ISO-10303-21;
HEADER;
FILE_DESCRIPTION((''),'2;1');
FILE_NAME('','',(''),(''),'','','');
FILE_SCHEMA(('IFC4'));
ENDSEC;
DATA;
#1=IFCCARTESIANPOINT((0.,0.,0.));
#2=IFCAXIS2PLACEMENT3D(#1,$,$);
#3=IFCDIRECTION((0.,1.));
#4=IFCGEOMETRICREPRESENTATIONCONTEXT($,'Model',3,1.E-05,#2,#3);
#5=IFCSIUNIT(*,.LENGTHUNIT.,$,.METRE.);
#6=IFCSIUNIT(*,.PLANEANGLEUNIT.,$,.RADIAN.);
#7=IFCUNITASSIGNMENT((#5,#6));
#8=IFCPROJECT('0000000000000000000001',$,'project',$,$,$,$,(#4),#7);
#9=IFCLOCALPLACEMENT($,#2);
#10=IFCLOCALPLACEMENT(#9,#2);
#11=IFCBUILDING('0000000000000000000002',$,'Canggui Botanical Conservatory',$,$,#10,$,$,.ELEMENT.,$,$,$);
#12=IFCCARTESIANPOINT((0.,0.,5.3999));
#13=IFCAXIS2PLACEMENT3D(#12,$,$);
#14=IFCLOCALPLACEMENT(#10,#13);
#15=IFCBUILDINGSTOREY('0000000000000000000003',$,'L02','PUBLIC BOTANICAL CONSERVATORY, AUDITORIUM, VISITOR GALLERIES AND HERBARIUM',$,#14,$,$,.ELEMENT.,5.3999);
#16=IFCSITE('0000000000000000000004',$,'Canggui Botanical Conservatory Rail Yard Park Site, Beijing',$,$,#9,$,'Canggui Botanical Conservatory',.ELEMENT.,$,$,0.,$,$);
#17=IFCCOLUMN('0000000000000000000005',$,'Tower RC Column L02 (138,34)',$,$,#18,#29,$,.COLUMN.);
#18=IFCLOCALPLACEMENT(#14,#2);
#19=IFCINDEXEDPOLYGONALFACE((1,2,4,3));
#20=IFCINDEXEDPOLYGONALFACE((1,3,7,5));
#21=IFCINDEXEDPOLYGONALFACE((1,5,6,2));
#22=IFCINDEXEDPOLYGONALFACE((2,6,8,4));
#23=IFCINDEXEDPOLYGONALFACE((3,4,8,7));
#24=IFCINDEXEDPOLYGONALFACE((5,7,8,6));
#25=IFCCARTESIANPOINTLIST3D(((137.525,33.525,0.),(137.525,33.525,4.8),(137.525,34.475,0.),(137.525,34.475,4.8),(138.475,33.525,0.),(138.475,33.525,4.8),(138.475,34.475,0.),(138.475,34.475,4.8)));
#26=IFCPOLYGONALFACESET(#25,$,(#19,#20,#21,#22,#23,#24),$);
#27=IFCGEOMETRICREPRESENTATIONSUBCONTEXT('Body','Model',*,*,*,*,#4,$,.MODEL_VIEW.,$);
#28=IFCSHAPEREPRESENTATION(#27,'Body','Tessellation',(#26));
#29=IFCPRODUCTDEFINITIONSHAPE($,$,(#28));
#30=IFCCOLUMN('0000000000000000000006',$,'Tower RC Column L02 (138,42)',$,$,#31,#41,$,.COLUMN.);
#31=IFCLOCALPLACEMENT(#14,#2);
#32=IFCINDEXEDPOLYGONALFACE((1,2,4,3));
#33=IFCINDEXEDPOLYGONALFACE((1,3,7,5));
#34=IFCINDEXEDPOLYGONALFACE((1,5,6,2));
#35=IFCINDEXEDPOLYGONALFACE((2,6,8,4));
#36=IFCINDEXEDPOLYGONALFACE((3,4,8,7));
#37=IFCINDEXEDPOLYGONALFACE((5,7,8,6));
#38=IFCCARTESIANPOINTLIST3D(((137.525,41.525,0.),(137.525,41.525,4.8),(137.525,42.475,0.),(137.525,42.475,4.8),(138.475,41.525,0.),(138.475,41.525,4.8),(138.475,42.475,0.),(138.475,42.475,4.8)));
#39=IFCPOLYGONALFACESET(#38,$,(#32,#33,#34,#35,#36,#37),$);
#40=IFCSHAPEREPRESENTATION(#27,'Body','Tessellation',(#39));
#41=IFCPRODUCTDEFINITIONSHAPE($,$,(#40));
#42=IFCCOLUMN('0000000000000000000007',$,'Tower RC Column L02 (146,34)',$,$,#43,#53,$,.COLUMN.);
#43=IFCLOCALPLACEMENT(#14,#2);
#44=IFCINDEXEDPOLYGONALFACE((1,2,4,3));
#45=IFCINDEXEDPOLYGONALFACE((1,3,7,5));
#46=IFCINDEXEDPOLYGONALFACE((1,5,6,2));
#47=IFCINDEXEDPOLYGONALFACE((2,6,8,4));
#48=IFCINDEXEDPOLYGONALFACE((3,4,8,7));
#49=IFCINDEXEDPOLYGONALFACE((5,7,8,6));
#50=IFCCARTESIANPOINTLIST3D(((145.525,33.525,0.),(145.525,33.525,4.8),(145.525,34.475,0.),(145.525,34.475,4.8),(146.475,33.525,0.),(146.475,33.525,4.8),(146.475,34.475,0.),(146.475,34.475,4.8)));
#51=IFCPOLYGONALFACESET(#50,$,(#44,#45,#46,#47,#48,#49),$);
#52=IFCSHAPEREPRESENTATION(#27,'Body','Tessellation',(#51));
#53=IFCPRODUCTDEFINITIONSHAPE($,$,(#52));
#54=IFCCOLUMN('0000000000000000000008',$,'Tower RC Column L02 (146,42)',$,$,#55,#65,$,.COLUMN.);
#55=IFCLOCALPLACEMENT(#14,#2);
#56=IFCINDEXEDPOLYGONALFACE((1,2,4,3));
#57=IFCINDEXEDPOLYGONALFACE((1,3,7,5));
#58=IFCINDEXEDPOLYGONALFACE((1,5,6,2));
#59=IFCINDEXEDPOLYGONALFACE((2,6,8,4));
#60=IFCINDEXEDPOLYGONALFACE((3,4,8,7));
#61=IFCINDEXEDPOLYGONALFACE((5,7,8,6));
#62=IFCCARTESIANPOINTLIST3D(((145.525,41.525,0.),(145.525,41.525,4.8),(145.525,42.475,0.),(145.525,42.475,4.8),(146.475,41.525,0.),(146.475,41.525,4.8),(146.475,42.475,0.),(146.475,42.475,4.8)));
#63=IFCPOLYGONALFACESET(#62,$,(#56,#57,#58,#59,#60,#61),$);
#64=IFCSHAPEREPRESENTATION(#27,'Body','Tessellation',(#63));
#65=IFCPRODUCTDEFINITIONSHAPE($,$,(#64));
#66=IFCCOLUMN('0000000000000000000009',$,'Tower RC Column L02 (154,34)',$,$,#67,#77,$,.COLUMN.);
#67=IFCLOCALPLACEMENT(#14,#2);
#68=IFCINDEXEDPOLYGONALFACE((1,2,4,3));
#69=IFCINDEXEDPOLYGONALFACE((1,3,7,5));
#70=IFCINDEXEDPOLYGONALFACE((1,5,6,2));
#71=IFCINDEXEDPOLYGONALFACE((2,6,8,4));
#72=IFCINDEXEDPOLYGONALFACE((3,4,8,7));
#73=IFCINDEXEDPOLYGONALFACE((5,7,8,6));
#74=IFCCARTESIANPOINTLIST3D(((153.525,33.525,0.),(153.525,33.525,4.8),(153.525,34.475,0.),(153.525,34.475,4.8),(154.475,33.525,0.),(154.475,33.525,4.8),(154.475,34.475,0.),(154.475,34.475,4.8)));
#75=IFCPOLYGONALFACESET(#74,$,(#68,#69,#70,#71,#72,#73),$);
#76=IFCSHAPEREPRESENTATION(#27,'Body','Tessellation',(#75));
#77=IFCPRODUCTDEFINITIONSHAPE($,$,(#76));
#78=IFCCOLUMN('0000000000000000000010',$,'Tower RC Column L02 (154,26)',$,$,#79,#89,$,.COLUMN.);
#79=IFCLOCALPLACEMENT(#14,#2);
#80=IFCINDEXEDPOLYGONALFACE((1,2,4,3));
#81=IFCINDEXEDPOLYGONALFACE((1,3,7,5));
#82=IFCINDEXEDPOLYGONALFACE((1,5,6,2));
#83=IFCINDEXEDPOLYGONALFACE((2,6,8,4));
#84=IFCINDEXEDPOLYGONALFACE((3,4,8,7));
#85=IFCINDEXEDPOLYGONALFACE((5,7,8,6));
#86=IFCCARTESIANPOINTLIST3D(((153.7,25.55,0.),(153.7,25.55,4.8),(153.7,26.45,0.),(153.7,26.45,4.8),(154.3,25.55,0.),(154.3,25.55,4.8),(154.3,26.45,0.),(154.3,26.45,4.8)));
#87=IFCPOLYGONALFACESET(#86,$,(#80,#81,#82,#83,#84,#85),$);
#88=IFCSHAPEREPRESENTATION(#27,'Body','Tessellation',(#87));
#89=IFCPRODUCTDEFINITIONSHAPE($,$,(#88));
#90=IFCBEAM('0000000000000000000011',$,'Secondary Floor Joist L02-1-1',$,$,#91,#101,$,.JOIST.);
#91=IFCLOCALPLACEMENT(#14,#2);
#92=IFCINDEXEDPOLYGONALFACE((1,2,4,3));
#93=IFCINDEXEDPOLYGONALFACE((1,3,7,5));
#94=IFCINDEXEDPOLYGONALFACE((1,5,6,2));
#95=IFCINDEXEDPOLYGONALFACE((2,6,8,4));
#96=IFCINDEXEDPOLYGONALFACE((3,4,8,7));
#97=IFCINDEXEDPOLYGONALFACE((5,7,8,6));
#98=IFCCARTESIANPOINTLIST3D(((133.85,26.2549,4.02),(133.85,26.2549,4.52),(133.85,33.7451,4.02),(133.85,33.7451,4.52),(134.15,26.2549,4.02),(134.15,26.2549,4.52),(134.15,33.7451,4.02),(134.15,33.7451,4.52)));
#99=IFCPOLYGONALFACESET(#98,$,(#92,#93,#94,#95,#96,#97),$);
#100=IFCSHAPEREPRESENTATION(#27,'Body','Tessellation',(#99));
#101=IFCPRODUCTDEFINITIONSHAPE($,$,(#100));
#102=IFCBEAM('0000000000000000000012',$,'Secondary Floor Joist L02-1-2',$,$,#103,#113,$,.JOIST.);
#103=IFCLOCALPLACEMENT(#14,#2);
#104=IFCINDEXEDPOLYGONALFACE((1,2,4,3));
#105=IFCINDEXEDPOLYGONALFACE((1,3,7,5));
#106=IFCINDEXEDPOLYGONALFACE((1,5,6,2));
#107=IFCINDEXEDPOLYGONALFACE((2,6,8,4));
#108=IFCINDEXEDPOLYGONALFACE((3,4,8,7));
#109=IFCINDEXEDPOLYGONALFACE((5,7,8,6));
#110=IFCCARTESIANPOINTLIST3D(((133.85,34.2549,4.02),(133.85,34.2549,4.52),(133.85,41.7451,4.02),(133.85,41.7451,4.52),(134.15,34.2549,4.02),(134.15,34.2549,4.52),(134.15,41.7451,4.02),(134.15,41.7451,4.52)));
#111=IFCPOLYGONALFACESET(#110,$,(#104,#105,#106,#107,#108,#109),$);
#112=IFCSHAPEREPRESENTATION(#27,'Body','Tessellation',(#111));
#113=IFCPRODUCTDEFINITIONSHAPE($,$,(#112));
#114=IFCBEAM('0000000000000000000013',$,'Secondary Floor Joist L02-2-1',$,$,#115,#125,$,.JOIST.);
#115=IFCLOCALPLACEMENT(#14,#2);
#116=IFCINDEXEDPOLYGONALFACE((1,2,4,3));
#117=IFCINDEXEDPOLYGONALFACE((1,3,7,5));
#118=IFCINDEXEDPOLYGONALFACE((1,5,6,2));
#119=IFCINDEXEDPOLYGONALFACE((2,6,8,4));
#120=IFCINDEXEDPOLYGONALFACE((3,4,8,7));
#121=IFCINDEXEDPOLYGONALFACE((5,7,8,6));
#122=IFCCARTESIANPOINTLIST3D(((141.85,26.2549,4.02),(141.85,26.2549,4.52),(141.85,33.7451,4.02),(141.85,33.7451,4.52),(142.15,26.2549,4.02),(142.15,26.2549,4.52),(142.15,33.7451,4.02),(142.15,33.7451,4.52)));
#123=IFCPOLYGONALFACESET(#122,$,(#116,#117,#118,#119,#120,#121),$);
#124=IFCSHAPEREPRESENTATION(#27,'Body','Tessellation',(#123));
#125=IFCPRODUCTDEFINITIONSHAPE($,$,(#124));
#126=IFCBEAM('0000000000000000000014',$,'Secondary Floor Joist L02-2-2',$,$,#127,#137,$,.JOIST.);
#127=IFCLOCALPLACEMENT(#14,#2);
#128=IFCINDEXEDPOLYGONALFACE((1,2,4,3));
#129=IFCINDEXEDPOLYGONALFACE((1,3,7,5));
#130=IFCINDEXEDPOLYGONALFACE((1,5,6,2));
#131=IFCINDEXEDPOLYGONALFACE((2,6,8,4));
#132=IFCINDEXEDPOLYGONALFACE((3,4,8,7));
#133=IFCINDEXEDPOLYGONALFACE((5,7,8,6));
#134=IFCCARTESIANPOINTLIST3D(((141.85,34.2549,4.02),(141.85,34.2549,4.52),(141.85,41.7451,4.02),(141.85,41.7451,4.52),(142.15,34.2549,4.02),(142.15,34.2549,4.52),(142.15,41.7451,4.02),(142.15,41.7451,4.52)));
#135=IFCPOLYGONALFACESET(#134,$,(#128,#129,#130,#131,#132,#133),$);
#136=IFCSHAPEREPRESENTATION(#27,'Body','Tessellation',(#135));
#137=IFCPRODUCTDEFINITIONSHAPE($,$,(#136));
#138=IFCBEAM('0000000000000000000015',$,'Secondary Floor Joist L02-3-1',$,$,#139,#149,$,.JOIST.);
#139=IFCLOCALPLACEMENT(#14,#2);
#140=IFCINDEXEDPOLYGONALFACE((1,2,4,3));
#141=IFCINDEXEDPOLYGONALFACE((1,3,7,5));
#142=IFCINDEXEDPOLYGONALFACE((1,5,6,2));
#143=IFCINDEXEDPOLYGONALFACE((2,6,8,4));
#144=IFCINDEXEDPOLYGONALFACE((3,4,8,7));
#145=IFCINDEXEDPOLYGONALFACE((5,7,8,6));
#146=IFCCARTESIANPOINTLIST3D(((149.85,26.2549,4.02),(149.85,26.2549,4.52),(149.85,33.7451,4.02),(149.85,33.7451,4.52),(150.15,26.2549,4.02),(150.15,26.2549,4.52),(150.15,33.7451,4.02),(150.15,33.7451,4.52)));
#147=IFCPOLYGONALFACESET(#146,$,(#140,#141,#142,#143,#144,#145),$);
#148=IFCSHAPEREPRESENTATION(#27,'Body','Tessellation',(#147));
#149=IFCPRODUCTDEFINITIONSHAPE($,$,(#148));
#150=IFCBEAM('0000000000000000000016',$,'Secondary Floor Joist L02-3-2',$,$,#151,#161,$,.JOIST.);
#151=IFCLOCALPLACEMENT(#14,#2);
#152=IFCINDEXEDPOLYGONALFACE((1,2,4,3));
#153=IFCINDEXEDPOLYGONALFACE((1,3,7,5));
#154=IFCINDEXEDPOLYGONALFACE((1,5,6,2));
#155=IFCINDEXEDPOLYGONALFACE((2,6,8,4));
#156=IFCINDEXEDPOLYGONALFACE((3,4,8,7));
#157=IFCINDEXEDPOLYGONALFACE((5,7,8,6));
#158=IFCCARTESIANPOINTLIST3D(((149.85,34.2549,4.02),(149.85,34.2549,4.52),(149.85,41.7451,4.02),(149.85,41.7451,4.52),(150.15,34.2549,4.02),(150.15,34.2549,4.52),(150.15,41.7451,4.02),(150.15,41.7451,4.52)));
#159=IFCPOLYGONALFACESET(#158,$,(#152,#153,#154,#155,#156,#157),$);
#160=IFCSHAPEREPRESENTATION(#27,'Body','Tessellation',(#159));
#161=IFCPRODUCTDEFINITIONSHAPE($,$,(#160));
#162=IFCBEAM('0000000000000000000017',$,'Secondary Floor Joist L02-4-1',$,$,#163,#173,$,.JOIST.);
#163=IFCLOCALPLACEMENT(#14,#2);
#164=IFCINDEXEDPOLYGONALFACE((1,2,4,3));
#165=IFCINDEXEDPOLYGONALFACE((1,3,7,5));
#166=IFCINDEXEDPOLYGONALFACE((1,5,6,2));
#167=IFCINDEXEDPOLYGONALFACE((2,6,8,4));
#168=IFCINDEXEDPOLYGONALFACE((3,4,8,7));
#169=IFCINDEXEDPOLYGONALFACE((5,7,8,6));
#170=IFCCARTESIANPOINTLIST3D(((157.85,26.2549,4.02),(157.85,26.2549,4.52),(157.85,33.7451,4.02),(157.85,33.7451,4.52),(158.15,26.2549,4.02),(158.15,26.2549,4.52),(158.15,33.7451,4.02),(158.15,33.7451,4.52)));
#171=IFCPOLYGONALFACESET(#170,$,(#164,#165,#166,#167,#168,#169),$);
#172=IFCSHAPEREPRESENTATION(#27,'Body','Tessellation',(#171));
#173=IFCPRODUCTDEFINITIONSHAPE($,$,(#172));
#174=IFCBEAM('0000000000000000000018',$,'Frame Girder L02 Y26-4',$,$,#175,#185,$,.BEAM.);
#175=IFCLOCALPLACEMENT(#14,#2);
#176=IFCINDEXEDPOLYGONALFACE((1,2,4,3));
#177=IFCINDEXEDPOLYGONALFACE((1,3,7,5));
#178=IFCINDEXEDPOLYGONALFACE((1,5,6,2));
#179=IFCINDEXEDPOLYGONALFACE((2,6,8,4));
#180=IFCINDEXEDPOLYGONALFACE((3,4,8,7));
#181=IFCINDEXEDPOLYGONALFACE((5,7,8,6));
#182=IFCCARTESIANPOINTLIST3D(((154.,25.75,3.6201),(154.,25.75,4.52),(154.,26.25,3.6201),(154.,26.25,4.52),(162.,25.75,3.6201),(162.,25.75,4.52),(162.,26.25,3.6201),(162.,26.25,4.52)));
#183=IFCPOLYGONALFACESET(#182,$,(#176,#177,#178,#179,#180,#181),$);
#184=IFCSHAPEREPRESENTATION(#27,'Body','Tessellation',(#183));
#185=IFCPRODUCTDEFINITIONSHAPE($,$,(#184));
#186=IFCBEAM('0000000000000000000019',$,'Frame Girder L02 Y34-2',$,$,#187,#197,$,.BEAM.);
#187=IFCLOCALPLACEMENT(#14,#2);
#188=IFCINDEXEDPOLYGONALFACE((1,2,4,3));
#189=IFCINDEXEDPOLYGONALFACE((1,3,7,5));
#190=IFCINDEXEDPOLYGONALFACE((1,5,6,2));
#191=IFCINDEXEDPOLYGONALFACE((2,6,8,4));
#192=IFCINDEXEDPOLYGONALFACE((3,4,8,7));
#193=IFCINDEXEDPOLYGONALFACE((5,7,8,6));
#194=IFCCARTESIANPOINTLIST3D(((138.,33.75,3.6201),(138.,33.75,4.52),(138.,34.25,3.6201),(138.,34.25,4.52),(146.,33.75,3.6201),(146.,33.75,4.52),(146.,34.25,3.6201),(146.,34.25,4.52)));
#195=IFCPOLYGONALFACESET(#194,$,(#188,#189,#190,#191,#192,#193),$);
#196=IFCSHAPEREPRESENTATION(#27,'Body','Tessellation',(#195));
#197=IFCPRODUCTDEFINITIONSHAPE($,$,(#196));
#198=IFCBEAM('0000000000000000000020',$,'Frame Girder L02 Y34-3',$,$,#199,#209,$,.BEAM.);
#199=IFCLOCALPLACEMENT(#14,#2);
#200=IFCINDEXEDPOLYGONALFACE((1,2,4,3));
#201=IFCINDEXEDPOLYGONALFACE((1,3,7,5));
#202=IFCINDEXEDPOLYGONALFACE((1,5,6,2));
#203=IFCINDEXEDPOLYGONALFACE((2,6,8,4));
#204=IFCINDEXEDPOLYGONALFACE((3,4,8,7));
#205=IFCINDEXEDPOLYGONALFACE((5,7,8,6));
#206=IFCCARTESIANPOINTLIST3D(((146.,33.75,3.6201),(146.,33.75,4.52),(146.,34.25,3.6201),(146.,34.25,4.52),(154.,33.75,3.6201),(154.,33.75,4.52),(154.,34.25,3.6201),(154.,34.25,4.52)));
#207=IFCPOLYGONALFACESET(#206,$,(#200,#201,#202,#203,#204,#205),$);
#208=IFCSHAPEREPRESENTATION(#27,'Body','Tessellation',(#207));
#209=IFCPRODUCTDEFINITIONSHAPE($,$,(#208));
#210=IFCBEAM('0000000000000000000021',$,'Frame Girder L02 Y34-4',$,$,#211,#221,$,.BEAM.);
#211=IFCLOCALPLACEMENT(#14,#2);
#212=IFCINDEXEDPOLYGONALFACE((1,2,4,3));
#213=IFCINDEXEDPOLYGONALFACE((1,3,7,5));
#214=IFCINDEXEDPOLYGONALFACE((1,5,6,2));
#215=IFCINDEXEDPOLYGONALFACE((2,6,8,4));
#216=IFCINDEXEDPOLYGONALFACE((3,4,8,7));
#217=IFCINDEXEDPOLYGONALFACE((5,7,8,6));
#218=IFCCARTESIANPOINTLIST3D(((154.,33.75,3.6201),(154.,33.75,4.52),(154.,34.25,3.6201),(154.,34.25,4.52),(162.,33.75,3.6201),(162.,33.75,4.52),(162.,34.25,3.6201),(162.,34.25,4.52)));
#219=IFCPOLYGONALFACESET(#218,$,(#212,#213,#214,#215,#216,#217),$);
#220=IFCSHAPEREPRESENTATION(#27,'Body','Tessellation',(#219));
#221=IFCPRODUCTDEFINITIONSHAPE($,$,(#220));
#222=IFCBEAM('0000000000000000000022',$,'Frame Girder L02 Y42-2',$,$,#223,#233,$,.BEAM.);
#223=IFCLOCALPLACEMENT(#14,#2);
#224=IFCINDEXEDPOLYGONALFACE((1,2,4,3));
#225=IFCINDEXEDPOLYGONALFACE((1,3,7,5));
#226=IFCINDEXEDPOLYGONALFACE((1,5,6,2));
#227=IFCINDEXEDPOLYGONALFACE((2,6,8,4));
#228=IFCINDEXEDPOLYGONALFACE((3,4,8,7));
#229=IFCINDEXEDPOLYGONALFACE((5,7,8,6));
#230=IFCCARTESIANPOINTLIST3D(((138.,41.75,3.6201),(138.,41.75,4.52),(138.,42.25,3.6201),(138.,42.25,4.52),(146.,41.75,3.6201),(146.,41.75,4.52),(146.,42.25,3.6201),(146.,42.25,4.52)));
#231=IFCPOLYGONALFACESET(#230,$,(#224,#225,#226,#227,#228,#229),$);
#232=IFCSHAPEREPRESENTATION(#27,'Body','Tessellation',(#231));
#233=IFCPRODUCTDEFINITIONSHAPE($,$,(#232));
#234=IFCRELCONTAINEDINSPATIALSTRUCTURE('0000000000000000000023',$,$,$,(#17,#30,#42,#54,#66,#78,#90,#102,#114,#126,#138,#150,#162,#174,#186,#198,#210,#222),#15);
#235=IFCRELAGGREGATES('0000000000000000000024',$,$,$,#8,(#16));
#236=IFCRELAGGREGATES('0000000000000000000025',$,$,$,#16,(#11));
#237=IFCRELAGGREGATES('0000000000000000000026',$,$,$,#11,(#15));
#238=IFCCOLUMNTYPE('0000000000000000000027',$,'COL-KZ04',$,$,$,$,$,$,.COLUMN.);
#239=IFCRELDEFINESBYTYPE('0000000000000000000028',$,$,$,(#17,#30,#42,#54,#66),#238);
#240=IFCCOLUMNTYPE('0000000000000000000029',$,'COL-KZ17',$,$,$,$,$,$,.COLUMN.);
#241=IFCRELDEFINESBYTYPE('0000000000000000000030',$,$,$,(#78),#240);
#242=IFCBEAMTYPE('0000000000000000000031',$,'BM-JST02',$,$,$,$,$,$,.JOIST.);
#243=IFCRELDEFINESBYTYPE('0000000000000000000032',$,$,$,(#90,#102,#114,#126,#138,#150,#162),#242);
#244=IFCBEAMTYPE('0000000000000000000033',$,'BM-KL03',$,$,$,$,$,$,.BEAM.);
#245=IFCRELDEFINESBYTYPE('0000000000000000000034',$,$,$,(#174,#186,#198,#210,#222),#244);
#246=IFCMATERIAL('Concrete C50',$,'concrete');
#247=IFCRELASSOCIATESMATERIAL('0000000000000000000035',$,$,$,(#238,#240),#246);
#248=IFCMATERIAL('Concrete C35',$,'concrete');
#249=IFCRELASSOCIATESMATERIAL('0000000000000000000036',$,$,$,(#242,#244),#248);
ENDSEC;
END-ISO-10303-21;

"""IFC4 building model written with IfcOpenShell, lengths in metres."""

from ifc_helpers import new_model, si_unit, direction, frame, origin, origin_2d, place, context, subcontext, project, spatial, rectangle, extrude, material, material_profile, profile_set, type_object, element, save


model = new_model("IFC4")

# Units and contexts
model_context = context("Model", 3, precision=1e-05, world=origin(), true_north=direction((0.0, 1.0)))
body_context = subcontext(model_context, "Body", "Model", "MODEL_VIEW")
ifc_project = project(units=[si_unit("LENGTHUNIT", "METRE"), si_unit("PLANEANGLEUNIT", "RADIAN")], contexts=[model_context])

# Site, building, storey
site_placement = place(None, origin())
site = spatial("IfcSite", under=ifc_project, at=site_placement, Name="Canggui Botanical Conservatory Rail Yard Park Site, Beijing", LongName="Canggui Botanical Conservatory", CompositionType="ELEMENT", RefElevation=0.0)
building_placement = place(site_placement, origin())
building = spatial("IfcBuilding", under=site, at=building_placement, Name="Canggui Botanical Conservatory", CompositionType="ELEMENT")
storey_placement = place(building_placement, frame((0.0, 0.0, 5.3999)))
storey = spatial("IfcBuildingStorey", under=building, at=storey_placement, Name="L02", Description="PUBLIC BOTANICAL CONSERVATORY, AUDITORIUM, VISITOR GALLERIES AND HERBARIUM", CompositionType="ELEMENT", Elevation=5.3999)

# Columns
ifc_material_1 = material(Name="Concrete C50", Category="concrete")
ifc_material_profile_1 = material_profile(ifc_material_1, rectangle(XDim=0.95, YDim=0.95, at=origin_2d()), Name="RC 950x950")
ifc_profile_set_1 = profile_set([ifc_material_profile_1], Name="Concrete C50")
column_type_1 = type_object("IfcColumnType", Name="COL-KZ04", PredefinedType="COLUMN", material=ifc_profile_set_1)
for number, where, z_axis, x_axis, name in (
    (1, (138.0, 34.0, 0.0), (0.0, 0.0, 1.0), (1.0, 0.0, 0.0), "Tower RC Column L02 (138,34)"),
    (2, (138.0, 42.0, 0.0), (0.0, 0.0, 1.0), (1.0, 0.0, 0.0), "Tower RC Column L02 (138,42)"),
    (3, (146.0, 34.0, 0.0), (0.0, 0.0, 1.0), (1.0, 0.0, 0.0), "Tower RC Column L02 (146,34)"),
    (4, (146.0, 42.0, 0.0), (0.0, 0.0, 1.0), (1.0, 0.0, 0.0), "Tower RC Column L02 (146,42)"),
    (5, (154.0, 34.0, 0.0), (0.0, 0.0, 1.0), (1.0, 0.0, 0.0), "Tower RC Column L02 (154,34)"),
):
    element("IfcColumn", number, at=place(storey_placement, frame(where, z_axis=z_axis, x_axis=x_axis)), inside=storey, type_object=column_type_1, Name=name, PredefinedType="COLUMN", context=body_context, shape_type="SweptSolid", body=[
        extrude(rectangle(XDim=0.95, YDim=0.95, at=origin_2d()), origin(), (0.0, 0.0, 1.0), 4.8),
    ])
ifc_material_profile_2 = material_profile(ifc_material_1, rectangle(XDim=0.6001, YDim=0.8999, at=origin_2d()), Name="RC 600x900")
ifc_profile_set_2 = profile_set([ifc_material_profile_2], Name="Concrete C50")
column_type_2 = type_object("IfcColumnType", Name="COL-KZ17", PredefinedType="COLUMN", material=ifc_profile_set_2)
column_placement = place(storey_placement, frame((154.0, 26.0, 0.0), z_axis=(0.0, 0.0, 1.0), x_axis=(1.0, 0.0, 0.0)))
element("IfcColumn", 6, at=column_placement, inside=storey, type_object=column_type_2, Name="Tower RC Column L02 (154,26)", PredefinedType="COLUMN", context=body_context, shape_type="SweptSolid", body=[
    extrude(rectangle(XDim=0.6001, YDim=0.8999, at=origin_2d()), origin(), (0.0, 0.0, 1.0), 4.8),
])

# Beams
ifc_material_2 = material(Name="Concrete C35", Category="concrete")
ifc_material_profile_3 = material_profile(ifc_material_2, rectangle(XDim=0.3, YDim=0.5, at=origin_2d()), Name="RB 300x500")
ifc_profile_set_3 = profile_set([ifc_material_profile_3], Name="Concrete C35")
beam_type_1 = type_object("IfcBeamType", Name="BM-JST02", PredefinedType="JOIST", material=ifc_profile_set_3)
for number, where, z_axis, x_axis, name in (
    (7, (134.0, 26.2549, 4.27), (0.0, 1.0, 0.0), (-1.0, 0.0, 0.0), "Secondary Floor Joist L02-1-1"),
    (8, (134.0, 34.2549, 4.27), (0.0, 1.0, 0.0), (-1.0, 0.0, 0.0), "Secondary Floor Joist L02-1-2"),
    (9, (142.0, 26.2549, 4.27), (0.0, 1.0, 0.0), (-1.0, 0.0, 0.0), "Secondary Floor Joist L02-2-1"),
    (10, (142.0, 34.2549, 4.27), (0.0, 1.0, 0.0), (-1.0, 0.0, 0.0), "Secondary Floor Joist L02-2-2"),
    (11, (150.0, 26.2549, 4.27), (0.0, 1.0, 0.0), (-1.0, 0.0, 0.0), "Secondary Floor Joist L02-3-1"),
    (12, (150.0, 34.2549, 4.27), (0.0, 1.0, 0.0), (-1.0, 0.0, 0.0), "Secondary Floor Joist L02-3-2"),
    (13, (158.0, 26.2549, 4.27), (0.0, 1.0, 0.0), (-1.0, 0.0, 0.0), "Secondary Floor Joist L02-4-1"),
):
    element("IfcBeam", number, at=place(storey_placement, frame(where, z_axis=z_axis, x_axis=x_axis)), inside=storey, type_object=beam_type_1, Name=name, PredefinedType="JOIST", context=body_context, shape_type="SweptSolid", body=[
        extrude(rectangle(XDim=0.3, YDim=0.5, at=origin_2d()), origin(), (0.0, 0.0, 1.0), 7.4902),
    ])
ifc_material_profile_4 = material_profile(ifc_material_2, rectangle(XDim=0.5, YDim=0.8999, at=origin_2d()), Name="RB 500x900")
ifc_profile_set_4 = profile_set([ifc_material_profile_4], Name="Concrete C35")
beam_type_2 = type_object("IfcBeamType", Name="BM-KL03", PredefinedType="BEAM", material=ifc_profile_set_4)
for number, where, z_axis, x_axis, name in (
    (14, (154.0, 26.0, 4.0701), (1.0, 0.0, 0.0), (0.0, 1.0, 0.0), "Frame Girder L02 Y26-4"),
    (15, (138.0, 34.0, 4.0701), (1.0, 0.0, 0.0), (0.0, 1.0, 0.0), "Frame Girder L02 Y34-2"),
    (16, (146.0, 34.0, 4.0701), (1.0, 0.0, 0.0), (0.0, 1.0, 0.0), "Frame Girder L02 Y34-3"),
    (17, (154.0, 34.0, 4.0701), (1.0, 0.0, 0.0), (0.0, 1.0, 0.0), "Frame Girder L02 Y34-4"),
    (18, (138.0, 42.0, 4.0701), (1.0, 0.0, 0.0), (0.0, 1.0, 0.0), "Frame Girder L02 Y42-2"),
):
    element("IfcBeam", number, at=place(storey_placement, frame(where, z_axis=z_axis, x_axis=x_axis)), inside=storey, type_object=beam_type_2, Name=name, PredefinedType="BEAM", context=body_context, shape_type="SweptSolid", body=[
        extrude(rectangle(XDim=0.5, YDim=0.8999, at=origin_2d()), origin(), (0.0, 0.0, 1.0), 8.0),
    ])

save(model, "model.ifc")
